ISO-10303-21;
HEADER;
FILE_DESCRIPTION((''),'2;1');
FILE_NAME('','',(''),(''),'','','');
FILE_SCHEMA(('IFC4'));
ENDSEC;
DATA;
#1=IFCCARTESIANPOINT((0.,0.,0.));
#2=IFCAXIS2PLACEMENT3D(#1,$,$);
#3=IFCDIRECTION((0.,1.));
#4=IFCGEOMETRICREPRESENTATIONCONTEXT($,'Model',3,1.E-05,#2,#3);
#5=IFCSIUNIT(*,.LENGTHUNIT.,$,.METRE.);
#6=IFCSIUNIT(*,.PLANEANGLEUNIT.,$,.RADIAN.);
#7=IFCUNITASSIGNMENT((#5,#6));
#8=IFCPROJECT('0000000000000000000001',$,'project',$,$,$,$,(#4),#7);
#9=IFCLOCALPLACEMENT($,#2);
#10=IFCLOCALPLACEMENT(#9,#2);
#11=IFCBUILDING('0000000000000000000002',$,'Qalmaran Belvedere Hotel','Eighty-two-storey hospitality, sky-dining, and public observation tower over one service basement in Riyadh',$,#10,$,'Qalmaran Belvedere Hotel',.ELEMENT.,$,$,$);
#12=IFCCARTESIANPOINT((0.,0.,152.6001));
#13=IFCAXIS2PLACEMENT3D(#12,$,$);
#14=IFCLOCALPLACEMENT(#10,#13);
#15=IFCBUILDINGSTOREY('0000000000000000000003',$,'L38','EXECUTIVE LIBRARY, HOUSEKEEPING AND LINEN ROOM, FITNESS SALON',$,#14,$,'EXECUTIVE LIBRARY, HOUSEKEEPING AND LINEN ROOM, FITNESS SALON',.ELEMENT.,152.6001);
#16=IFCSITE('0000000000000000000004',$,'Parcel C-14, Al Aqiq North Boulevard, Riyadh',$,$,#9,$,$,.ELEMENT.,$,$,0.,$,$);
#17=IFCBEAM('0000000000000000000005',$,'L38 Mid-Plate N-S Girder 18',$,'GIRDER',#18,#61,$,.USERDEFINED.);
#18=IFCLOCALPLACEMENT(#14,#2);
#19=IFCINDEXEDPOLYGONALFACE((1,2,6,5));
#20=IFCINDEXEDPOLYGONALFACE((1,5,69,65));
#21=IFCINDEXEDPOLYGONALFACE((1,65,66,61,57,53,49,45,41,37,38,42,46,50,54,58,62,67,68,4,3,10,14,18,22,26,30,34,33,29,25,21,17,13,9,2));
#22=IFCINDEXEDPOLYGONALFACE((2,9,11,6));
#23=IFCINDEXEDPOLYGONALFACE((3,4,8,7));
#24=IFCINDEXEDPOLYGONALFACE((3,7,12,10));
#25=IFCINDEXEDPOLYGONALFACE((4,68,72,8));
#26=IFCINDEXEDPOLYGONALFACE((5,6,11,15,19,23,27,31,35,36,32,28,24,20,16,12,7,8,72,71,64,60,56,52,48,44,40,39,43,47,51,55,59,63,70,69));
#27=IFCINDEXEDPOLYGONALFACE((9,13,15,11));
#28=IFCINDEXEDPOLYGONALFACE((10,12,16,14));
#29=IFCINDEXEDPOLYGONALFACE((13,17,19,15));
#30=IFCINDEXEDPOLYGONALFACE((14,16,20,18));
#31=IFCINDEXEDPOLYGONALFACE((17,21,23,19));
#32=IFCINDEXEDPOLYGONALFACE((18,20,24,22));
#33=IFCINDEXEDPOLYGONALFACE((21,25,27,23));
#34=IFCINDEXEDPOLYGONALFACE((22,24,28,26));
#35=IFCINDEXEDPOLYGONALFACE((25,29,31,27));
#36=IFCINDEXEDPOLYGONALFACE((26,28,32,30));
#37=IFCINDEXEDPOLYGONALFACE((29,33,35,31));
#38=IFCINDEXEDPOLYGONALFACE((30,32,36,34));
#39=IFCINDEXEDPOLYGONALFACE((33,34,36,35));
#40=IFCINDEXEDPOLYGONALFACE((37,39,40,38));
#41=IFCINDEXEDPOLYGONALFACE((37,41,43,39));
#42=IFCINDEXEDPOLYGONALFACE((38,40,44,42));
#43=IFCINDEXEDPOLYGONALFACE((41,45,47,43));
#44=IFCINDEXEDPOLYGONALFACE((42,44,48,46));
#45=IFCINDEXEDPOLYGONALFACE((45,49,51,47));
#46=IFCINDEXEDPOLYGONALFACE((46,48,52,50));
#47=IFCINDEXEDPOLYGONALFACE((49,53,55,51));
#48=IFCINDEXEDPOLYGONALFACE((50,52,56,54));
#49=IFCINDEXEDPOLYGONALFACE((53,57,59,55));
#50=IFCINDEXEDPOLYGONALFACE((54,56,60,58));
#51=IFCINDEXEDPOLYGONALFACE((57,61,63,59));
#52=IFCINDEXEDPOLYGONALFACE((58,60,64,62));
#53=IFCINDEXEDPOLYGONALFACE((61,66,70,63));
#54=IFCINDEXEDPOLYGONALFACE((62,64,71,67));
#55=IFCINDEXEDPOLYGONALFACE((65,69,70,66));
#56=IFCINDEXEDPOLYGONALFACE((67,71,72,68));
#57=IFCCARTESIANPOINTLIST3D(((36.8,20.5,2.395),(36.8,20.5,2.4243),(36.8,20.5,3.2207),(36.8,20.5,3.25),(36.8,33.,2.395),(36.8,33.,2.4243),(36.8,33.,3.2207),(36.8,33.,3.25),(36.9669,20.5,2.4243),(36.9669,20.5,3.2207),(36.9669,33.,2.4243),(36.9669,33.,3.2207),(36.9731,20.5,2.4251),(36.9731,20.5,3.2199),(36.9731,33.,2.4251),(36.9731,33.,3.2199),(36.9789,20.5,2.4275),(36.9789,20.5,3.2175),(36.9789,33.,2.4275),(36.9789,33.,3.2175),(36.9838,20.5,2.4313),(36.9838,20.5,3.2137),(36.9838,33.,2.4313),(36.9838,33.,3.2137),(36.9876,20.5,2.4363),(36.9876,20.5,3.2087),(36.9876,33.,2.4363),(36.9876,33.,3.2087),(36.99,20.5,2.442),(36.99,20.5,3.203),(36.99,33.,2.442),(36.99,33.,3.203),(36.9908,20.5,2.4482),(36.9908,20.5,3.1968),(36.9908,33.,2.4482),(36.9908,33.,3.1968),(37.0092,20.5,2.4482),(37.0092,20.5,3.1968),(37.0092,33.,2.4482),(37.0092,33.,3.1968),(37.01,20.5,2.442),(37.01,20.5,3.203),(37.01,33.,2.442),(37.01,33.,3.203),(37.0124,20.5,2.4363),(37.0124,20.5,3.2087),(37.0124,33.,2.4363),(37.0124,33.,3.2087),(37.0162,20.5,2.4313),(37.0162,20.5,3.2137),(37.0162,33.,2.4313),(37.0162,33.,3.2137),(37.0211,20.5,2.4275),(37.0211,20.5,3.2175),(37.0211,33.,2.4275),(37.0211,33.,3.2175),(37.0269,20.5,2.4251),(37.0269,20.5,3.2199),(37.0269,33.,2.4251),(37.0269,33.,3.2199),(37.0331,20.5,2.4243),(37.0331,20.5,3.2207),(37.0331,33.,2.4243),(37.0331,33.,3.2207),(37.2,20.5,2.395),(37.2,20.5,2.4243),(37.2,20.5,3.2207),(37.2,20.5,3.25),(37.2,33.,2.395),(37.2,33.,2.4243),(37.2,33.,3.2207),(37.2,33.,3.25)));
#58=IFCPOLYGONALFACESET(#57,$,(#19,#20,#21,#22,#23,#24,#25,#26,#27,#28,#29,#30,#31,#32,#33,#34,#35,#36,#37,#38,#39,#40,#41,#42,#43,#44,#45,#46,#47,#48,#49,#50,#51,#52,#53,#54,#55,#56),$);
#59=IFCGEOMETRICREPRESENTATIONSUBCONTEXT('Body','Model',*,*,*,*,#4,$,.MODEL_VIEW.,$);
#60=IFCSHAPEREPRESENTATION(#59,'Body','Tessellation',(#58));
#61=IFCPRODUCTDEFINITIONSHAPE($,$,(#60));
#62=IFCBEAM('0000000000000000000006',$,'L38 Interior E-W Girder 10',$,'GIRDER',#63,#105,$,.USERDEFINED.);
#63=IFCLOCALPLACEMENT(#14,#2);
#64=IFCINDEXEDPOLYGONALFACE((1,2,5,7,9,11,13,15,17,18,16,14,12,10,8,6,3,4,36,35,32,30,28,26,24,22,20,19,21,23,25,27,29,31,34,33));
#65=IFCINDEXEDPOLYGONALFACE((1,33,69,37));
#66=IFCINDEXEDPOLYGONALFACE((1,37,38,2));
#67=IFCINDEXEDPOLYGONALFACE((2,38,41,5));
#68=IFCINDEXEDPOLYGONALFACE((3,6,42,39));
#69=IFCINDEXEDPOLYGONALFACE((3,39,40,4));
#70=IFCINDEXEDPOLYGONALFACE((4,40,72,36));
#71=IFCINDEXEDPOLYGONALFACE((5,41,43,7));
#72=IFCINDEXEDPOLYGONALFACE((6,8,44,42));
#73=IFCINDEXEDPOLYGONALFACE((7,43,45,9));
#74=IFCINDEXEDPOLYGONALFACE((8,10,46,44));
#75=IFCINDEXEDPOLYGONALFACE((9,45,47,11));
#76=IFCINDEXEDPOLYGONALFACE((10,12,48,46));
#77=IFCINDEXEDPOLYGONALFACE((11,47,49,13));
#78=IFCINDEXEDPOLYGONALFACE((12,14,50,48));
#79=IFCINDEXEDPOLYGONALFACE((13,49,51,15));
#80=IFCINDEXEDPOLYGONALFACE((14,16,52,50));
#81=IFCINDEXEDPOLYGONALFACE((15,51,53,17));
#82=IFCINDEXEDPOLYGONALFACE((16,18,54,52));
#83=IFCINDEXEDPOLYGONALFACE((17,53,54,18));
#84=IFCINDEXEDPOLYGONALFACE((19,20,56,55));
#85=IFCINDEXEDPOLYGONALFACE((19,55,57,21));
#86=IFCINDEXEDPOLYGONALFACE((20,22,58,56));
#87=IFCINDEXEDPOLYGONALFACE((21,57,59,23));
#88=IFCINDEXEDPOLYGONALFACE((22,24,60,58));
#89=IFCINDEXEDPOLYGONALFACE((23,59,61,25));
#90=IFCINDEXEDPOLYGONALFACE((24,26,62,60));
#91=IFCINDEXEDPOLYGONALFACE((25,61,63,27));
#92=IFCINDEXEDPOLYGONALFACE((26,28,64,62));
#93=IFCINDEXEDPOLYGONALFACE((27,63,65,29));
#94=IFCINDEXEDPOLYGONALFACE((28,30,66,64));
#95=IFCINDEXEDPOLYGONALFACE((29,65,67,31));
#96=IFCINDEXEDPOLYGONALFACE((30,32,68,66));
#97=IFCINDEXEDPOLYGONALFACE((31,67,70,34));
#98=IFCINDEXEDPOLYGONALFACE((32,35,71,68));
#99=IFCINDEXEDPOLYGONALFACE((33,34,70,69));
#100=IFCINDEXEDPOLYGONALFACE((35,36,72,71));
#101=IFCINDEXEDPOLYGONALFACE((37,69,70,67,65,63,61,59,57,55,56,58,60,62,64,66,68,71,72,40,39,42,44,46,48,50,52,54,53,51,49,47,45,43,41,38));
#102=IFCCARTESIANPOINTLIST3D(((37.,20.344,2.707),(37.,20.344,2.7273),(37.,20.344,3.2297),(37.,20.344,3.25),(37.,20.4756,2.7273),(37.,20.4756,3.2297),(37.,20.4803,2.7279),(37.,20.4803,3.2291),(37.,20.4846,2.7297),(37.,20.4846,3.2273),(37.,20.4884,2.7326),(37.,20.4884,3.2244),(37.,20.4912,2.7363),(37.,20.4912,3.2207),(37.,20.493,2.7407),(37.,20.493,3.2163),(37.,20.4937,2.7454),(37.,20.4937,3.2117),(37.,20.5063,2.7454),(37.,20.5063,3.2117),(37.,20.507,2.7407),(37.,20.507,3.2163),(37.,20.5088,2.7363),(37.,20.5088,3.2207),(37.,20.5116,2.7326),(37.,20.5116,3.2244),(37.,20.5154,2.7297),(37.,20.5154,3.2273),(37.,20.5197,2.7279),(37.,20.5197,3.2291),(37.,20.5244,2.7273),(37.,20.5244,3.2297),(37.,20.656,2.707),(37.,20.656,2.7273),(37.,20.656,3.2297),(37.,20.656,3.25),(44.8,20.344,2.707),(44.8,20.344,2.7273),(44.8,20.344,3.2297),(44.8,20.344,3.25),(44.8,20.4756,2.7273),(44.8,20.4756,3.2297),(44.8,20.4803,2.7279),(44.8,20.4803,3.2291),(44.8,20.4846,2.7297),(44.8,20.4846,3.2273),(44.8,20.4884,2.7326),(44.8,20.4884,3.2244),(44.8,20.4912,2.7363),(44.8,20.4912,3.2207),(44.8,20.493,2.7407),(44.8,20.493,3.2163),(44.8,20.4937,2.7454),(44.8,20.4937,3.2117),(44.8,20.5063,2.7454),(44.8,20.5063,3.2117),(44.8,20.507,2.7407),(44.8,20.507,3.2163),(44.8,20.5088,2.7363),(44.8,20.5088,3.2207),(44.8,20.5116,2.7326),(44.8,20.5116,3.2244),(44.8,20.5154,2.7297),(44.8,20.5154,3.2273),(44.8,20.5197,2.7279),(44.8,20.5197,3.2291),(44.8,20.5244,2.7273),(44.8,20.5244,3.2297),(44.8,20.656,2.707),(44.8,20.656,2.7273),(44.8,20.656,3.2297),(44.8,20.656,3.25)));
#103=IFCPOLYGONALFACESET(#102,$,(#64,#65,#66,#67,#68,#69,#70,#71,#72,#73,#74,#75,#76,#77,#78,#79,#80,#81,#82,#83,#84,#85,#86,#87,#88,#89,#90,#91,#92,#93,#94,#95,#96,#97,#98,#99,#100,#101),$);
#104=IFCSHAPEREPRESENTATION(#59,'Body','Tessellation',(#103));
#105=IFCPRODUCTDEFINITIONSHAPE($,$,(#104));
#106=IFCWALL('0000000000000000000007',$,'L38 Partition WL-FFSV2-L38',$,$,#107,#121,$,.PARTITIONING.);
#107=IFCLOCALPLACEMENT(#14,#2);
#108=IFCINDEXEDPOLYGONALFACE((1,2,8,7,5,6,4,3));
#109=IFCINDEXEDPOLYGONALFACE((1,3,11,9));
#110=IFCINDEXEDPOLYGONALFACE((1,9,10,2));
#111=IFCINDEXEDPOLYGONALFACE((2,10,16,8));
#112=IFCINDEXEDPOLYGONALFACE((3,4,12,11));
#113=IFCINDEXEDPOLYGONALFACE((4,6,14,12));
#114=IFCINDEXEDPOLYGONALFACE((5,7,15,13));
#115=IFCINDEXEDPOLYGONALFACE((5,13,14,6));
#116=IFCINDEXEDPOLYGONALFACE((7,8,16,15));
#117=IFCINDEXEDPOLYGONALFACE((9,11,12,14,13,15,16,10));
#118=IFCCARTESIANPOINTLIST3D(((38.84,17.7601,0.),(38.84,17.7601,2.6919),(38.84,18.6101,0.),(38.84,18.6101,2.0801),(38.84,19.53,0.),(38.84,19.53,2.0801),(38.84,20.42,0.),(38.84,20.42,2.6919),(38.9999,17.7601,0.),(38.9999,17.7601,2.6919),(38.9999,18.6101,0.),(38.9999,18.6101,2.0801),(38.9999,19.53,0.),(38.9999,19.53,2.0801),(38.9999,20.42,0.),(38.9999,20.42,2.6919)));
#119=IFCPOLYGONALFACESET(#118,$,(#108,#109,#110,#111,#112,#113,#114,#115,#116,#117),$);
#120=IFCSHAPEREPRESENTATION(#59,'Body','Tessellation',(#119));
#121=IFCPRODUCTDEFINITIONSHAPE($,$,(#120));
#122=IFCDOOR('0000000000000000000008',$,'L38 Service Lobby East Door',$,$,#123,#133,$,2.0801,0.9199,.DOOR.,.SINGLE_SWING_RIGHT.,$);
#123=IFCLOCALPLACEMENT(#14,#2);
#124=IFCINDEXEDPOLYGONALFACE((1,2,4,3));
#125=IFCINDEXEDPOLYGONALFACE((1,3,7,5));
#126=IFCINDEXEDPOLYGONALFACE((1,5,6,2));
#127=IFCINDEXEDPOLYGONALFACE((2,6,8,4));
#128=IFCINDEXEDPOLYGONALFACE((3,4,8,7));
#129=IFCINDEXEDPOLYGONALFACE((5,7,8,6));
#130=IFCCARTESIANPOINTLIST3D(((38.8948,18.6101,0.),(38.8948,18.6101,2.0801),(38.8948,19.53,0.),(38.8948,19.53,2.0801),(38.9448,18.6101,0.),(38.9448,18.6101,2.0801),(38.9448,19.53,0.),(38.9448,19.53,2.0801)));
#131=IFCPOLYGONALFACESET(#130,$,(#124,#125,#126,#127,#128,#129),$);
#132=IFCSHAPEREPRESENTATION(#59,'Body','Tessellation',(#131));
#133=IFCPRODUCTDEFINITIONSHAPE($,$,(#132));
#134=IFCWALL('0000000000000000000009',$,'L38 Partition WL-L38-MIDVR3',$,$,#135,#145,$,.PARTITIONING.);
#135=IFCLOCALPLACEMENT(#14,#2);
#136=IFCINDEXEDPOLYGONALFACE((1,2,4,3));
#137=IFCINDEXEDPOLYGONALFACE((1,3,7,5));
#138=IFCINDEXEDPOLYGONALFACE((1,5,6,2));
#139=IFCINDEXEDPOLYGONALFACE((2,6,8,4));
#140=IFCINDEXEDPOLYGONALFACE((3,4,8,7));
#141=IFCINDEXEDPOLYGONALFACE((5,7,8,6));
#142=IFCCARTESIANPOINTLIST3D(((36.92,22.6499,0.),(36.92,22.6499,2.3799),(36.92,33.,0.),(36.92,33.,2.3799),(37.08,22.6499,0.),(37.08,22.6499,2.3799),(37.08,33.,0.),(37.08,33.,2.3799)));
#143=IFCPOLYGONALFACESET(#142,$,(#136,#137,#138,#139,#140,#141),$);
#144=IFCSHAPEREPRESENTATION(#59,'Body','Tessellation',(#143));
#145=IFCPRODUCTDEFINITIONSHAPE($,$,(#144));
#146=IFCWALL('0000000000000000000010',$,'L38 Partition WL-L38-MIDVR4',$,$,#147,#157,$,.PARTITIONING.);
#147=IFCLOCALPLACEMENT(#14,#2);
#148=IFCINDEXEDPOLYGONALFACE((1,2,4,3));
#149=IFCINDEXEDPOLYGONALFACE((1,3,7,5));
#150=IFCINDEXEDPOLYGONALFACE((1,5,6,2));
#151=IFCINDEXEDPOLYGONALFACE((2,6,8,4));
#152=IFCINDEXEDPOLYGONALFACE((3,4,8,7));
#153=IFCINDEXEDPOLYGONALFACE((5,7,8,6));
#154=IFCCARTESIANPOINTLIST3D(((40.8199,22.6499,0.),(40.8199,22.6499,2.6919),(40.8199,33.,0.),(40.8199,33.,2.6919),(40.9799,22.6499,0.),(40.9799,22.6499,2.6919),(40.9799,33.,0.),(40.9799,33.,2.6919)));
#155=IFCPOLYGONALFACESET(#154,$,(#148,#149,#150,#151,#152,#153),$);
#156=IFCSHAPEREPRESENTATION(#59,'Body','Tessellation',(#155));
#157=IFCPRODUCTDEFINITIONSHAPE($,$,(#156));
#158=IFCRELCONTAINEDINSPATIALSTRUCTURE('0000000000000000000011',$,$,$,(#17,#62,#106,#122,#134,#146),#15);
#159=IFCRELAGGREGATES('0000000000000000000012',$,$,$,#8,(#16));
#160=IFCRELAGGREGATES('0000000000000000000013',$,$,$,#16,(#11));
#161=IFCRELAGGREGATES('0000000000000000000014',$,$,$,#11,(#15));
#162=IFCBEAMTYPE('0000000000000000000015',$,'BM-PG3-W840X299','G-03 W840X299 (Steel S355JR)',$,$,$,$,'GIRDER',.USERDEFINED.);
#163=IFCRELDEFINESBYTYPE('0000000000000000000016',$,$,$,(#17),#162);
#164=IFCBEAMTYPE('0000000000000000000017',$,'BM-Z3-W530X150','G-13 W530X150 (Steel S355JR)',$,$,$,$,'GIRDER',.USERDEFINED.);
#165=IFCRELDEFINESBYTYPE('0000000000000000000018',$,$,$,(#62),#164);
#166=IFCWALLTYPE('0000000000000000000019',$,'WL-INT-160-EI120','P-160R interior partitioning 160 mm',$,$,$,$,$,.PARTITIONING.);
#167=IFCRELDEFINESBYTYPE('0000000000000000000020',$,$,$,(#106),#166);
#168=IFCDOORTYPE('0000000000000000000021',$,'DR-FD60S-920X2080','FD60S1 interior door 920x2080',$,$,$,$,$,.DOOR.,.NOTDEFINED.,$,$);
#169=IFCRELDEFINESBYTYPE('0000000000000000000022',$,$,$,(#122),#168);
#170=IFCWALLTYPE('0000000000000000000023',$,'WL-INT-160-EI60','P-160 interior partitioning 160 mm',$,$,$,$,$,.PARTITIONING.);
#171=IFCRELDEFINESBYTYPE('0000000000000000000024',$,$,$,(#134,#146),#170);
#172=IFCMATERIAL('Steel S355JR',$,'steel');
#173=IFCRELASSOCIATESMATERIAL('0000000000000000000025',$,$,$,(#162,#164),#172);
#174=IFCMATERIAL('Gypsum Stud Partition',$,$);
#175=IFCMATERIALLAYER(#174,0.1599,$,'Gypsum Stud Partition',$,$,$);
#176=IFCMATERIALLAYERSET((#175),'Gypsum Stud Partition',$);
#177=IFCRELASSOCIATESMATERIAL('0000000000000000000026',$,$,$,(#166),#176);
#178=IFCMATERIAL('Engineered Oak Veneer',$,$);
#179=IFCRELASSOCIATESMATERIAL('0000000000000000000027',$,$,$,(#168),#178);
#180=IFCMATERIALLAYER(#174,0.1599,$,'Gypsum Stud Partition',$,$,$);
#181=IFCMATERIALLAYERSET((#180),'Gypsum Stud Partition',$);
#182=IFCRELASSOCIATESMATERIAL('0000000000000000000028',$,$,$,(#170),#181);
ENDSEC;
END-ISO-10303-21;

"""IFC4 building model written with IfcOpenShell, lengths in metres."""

from ifc_helpers import new_model, si_unit, direction, frame, frame_2d, origin, origin_2d, place, context, subcontext, project, spatial, rectangle, i_section, extrude, material, layer, layer_set, material_profile, profile_set, type_object, element, fill, save


model = new_model("IFC4")

# Units and contexts
model_context = context("Model", 3, precision=1e-05, world=origin(), true_north=direction((0.0, 1.0)))
body_context = subcontext(model_context, "Body", "Model", "MODEL_VIEW")
ifc_project = project(units=[si_unit("LENGTHUNIT", "METRE"), si_unit("PLANEANGLEUNIT", "RADIAN")], contexts=[model_context])

# Site, building, storey
site_placement = place(None, origin())
site = spatial("IfcSite", under=ifc_project, at=site_placement, Name="Parcel C-14, Al Aqiq North Boulevard, Riyadh", CompositionType="ELEMENT", RefElevation=0.0)
building_placement = place(site_placement, origin())
building = spatial("IfcBuilding", under=site, at=building_placement, Name="Qalmaran Belvedere Hotel", Description="Eighty-two-storey hospitality, sky-dining, and public observation tower over one service basement in Riyadh", LongName="Qalmaran Belvedere Hotel", CompositionType="ELEMENT")
storey_placement = place(building_placement, frame((0.0, 0.0, 152.6001)))
storey = spatial("IfcBuildingStorey", under=building, at=storey_placement, Name="L38", Description="EXECUTIVE LIBRARY, HOUSEKEEPING AND LINEN ROOM, FITNESS SALON", LongName="EXECUTIVE LIBRARY, HOUSEKEEPING AND LINEN ROOM, FITNESS SALON", CompositionType="ELEMENT", Elevation=152.6001)

# Beams
ifc_material_1 = material(Name="Steel S355JR", Category="steel")
ifc_material_profile_1 = material_profile(ifc_material_1, i_section(OverallWidth=0.3999, OverallDepth=0.855, WebThickness=0.0183, FlangeThickness=0.0293, FilletRadius=0.0239, at=origin_2d()), Name="W840X299")
ifc_profile_set_1 = profile_set([ifc_material_profile_1], Name="Steel S355JR")
beam_type_1 = type_object("IfcBeamType", Name="BM-PG3-W840X299", Description="G-03 W840X299 (Steel S355JR)", ElementType="GIRDER", PredefinedType="USERDEFINED", material=ifc_profile_set_1)
beam_1_placement = place(storey_placement, frame((37.0, 20.5, 2.8225), z_axis=(0.0, 1.0, 0.0), x_axis=(-1.0, 0.0, 0.0)))
element("IfcBeam", 1, at=beam_1_placement, inside=storey, type_object=beam_type_1, Name="L38 Mid-Plate N-S Girder 18", ObjectType="GIRDER", PredefinedType="USERDEFINED", context=body_context, shape_type="SweptSolid", body=[
    extrude(i_section(OverallWidth=0.3999, OverallDepth=0.855, WebThickness=0.0183, FlangeThickness=0.0293, FilletRadius=0.0239, at=origin_2d()), origin(), (0.0, 0.0, 1.0), 12.5),
])
ifc_material_profile_2 = material_profile(ifc_material_1, i_section(OverallWidth=0.312, OverallDepth=0.543, WebThickness=0.0127, FlangeThickness=0.0203, FilletRadius=0.0181, at=origin_2d()), Name="W530X150")
ifc_profile_set_2 = profile_set([ifc_material_profile_2], Name="Steel S355JR")
beam_type_2 = type_object("IfcBeamType", Name="BM-Z3-W530X150", Description="G-13 W530X150 (Steel S355JR)", ElementType="GIRDER", PredefinedType="USERDEFINED", material=ifc_profile_set_2)
beam_2_placement = place(storey_placement, frame((37.0, 20.5, 2.9785), z_axis=(1.0, 0.0, 0.0), x_axis=(0.0, 1.0, 0.0)))
element("IfcBeam", 2, at=beam_2_placement, inside=storey, type_object=beam_type_2, Name="L38 Interior E-W Girder 10", ObjectType="GIRDER", PredefinedType="USERDEFINED", context=body_context, shape_type="SweptSolid", body=[
    extrude(i_section(OverallWidth=0.312, OverallDepth=0.543, WebThickness=0.0127, FlangeThickness=0.0203, FilletRadius=0.0181, at=origin_2d()), origin(), (0.0, 0.0, 1.0), 7.8),
])

# Wall, opening, door
ifc_material_2 = material(Name="Gypsum Stud Partition")
ifc_layer_1 = layer(ifc_material_2, 0.1599, Name="Gypsum Stud Partition")
ifc_layer_set_1 = layer_set([ifc_layer_1], Name="Gypsum Stud Partition")
wall_type_1 = type_object("IfcWallType", Name="WL-INT-160-EI120", Description="P-160R interior partitioning 160 mm", PredefinedType="PARTITIONING", material=ifc_layer_set_1)
wall_1_placement = place(storey_placement, frame((38.9199, 17.76, 0.0), z_axis=(0.0, 0.0, 1.0), x_axis=(0.0, 1.0, 0.0)))
wall_1 = element("IfcWall", 3, at=wall_1_placement, inside=storey, type_object=wall_type_1, Name="L38 Partition WL-FFSV2-L38", PredefinedType="PARTITIONING", context=body_context, shape_type="SweptSolid", body=[
    extrude(rectangle(XDim=2.6599, YDim=0.1599, at=frame_2d((1.3301, 0.0))), origin(), (0.0, 0.0, 1.0), 2.6919),
])
opening_1_placement = place(wall_1_placement, frame((1.77, 0.0, 0.0), z_axis=(0.0, 0.0, 1.0), x_axis=(-1.0, 0.0, 0.0)))
opening_1 = element("IfcOpeningElement", 4, at=opening_1_placement, cuts=wall_1, PredefinedType="OPENING", context=body_context, shape_type="SweptSolid", body=[
    extrude(rectangle(XDim=0.9199, YDim=2.0801, at=frame_2d((0.46, 1.04))), frame((0.0, 0.0898, 0.0), z_axis=(0.0, -1.0, 0.0), x_axis=(1.0, 0.0, 0.0)), (0.0, 0.0, 1.0), 0.1799),
])
ifc_material_3 = material(Name="Engineered Oak Veneer")
door_type_1 = type_object("IfcDoorType", Name="DR-FD60S-920X2080", Description="FD60S1 interior door 920x2080", OperationType="NOTDEFINED", PredefinedType="DOOR", material=ifc_material_3)
door_1_placement = place(opening_1_placement, origin())
door_1 = element("IfcDoor", 5, at=door_1_placement, inside=storey, type_object=door_type_1, Name="L38 Service Lobby East Door", OperationType="SINGLE_SWING_RIGHT", OverallHeight=2.0801, OverallWidth=0.9199, PredefinedType="DOOR", context=body_context, shape_type="SweptSolid", body=[
    extrude(rectangle(XDim=0.9199, YDim=2.0801, at=frame_2d((0.46, 1.04))), frame((0.0, 0.0249, 0.0), z_axis=(0.0, -1.0, 0.0), x_axis=(1.0, 0.0, 0.0)), (0.0, 0.0, 1.0), 0.05),
])
fill(opening_1, door_1)

# Walls
ifc_layer_2 = layer(ifc_material_2, 0.1599, Name="Gypsum Stud Partition")
ifc_layer_set_2 = layer_set([ifc_layer_2], Name="Gypsum Stud Partition")
wall_type_2 = type_object("IfcWallType", Name="WL-INT-160-EI60", Description="P-160 interior partitioning 160 mm", PredefinedType="PARTITIONING", material=ifc_layer_set_2)
wall_2_placement = place(storey_placement, frame((37.0, 22.6499, 0.0), z_axis=(0.0, 0.0, 1.0), x_axis=(0.0, 1.0, 0.0)))
element("IfcWall", 6, at=wall_2_placement, inside=storey, type_object=wall_type_2, Name="L38 Partition WL-L38-MIDVR3", PredefinedType="PARTITIONING", context=body_context, shape_type="SweptSolid", body=[
    extrude(rectangle(XDim=10.3501, YDim=0.1599, at=frame_2d((5.175, 0.0))), origin(), (0.0, 0.0, 1.0), 2.3799),
])
wall_3_placement = place(storey_placement, frame((40.8999, 22.6499, 0.0), z_axis=(0.0, 0.0, 1.0), x_axis=(0.0, 1.0, 0.0)))
element("IfcWall", 7, at=wall_3_placement, inside=storey, type_object=wall_type_2, Name="L38 Partition WL-L38-MIDVR4", PredefinedType="PARTITIONING", context=body_context, shape_type="SweptSolid", body=[
    extrude(rectangle(XDim=10.3501, YDim=0.1599, at=frame_2d((5.175, 0.0))), origin(), (0.0, 0.0, 1.0), 2.6919),
])

save(model, "model.ifc")
